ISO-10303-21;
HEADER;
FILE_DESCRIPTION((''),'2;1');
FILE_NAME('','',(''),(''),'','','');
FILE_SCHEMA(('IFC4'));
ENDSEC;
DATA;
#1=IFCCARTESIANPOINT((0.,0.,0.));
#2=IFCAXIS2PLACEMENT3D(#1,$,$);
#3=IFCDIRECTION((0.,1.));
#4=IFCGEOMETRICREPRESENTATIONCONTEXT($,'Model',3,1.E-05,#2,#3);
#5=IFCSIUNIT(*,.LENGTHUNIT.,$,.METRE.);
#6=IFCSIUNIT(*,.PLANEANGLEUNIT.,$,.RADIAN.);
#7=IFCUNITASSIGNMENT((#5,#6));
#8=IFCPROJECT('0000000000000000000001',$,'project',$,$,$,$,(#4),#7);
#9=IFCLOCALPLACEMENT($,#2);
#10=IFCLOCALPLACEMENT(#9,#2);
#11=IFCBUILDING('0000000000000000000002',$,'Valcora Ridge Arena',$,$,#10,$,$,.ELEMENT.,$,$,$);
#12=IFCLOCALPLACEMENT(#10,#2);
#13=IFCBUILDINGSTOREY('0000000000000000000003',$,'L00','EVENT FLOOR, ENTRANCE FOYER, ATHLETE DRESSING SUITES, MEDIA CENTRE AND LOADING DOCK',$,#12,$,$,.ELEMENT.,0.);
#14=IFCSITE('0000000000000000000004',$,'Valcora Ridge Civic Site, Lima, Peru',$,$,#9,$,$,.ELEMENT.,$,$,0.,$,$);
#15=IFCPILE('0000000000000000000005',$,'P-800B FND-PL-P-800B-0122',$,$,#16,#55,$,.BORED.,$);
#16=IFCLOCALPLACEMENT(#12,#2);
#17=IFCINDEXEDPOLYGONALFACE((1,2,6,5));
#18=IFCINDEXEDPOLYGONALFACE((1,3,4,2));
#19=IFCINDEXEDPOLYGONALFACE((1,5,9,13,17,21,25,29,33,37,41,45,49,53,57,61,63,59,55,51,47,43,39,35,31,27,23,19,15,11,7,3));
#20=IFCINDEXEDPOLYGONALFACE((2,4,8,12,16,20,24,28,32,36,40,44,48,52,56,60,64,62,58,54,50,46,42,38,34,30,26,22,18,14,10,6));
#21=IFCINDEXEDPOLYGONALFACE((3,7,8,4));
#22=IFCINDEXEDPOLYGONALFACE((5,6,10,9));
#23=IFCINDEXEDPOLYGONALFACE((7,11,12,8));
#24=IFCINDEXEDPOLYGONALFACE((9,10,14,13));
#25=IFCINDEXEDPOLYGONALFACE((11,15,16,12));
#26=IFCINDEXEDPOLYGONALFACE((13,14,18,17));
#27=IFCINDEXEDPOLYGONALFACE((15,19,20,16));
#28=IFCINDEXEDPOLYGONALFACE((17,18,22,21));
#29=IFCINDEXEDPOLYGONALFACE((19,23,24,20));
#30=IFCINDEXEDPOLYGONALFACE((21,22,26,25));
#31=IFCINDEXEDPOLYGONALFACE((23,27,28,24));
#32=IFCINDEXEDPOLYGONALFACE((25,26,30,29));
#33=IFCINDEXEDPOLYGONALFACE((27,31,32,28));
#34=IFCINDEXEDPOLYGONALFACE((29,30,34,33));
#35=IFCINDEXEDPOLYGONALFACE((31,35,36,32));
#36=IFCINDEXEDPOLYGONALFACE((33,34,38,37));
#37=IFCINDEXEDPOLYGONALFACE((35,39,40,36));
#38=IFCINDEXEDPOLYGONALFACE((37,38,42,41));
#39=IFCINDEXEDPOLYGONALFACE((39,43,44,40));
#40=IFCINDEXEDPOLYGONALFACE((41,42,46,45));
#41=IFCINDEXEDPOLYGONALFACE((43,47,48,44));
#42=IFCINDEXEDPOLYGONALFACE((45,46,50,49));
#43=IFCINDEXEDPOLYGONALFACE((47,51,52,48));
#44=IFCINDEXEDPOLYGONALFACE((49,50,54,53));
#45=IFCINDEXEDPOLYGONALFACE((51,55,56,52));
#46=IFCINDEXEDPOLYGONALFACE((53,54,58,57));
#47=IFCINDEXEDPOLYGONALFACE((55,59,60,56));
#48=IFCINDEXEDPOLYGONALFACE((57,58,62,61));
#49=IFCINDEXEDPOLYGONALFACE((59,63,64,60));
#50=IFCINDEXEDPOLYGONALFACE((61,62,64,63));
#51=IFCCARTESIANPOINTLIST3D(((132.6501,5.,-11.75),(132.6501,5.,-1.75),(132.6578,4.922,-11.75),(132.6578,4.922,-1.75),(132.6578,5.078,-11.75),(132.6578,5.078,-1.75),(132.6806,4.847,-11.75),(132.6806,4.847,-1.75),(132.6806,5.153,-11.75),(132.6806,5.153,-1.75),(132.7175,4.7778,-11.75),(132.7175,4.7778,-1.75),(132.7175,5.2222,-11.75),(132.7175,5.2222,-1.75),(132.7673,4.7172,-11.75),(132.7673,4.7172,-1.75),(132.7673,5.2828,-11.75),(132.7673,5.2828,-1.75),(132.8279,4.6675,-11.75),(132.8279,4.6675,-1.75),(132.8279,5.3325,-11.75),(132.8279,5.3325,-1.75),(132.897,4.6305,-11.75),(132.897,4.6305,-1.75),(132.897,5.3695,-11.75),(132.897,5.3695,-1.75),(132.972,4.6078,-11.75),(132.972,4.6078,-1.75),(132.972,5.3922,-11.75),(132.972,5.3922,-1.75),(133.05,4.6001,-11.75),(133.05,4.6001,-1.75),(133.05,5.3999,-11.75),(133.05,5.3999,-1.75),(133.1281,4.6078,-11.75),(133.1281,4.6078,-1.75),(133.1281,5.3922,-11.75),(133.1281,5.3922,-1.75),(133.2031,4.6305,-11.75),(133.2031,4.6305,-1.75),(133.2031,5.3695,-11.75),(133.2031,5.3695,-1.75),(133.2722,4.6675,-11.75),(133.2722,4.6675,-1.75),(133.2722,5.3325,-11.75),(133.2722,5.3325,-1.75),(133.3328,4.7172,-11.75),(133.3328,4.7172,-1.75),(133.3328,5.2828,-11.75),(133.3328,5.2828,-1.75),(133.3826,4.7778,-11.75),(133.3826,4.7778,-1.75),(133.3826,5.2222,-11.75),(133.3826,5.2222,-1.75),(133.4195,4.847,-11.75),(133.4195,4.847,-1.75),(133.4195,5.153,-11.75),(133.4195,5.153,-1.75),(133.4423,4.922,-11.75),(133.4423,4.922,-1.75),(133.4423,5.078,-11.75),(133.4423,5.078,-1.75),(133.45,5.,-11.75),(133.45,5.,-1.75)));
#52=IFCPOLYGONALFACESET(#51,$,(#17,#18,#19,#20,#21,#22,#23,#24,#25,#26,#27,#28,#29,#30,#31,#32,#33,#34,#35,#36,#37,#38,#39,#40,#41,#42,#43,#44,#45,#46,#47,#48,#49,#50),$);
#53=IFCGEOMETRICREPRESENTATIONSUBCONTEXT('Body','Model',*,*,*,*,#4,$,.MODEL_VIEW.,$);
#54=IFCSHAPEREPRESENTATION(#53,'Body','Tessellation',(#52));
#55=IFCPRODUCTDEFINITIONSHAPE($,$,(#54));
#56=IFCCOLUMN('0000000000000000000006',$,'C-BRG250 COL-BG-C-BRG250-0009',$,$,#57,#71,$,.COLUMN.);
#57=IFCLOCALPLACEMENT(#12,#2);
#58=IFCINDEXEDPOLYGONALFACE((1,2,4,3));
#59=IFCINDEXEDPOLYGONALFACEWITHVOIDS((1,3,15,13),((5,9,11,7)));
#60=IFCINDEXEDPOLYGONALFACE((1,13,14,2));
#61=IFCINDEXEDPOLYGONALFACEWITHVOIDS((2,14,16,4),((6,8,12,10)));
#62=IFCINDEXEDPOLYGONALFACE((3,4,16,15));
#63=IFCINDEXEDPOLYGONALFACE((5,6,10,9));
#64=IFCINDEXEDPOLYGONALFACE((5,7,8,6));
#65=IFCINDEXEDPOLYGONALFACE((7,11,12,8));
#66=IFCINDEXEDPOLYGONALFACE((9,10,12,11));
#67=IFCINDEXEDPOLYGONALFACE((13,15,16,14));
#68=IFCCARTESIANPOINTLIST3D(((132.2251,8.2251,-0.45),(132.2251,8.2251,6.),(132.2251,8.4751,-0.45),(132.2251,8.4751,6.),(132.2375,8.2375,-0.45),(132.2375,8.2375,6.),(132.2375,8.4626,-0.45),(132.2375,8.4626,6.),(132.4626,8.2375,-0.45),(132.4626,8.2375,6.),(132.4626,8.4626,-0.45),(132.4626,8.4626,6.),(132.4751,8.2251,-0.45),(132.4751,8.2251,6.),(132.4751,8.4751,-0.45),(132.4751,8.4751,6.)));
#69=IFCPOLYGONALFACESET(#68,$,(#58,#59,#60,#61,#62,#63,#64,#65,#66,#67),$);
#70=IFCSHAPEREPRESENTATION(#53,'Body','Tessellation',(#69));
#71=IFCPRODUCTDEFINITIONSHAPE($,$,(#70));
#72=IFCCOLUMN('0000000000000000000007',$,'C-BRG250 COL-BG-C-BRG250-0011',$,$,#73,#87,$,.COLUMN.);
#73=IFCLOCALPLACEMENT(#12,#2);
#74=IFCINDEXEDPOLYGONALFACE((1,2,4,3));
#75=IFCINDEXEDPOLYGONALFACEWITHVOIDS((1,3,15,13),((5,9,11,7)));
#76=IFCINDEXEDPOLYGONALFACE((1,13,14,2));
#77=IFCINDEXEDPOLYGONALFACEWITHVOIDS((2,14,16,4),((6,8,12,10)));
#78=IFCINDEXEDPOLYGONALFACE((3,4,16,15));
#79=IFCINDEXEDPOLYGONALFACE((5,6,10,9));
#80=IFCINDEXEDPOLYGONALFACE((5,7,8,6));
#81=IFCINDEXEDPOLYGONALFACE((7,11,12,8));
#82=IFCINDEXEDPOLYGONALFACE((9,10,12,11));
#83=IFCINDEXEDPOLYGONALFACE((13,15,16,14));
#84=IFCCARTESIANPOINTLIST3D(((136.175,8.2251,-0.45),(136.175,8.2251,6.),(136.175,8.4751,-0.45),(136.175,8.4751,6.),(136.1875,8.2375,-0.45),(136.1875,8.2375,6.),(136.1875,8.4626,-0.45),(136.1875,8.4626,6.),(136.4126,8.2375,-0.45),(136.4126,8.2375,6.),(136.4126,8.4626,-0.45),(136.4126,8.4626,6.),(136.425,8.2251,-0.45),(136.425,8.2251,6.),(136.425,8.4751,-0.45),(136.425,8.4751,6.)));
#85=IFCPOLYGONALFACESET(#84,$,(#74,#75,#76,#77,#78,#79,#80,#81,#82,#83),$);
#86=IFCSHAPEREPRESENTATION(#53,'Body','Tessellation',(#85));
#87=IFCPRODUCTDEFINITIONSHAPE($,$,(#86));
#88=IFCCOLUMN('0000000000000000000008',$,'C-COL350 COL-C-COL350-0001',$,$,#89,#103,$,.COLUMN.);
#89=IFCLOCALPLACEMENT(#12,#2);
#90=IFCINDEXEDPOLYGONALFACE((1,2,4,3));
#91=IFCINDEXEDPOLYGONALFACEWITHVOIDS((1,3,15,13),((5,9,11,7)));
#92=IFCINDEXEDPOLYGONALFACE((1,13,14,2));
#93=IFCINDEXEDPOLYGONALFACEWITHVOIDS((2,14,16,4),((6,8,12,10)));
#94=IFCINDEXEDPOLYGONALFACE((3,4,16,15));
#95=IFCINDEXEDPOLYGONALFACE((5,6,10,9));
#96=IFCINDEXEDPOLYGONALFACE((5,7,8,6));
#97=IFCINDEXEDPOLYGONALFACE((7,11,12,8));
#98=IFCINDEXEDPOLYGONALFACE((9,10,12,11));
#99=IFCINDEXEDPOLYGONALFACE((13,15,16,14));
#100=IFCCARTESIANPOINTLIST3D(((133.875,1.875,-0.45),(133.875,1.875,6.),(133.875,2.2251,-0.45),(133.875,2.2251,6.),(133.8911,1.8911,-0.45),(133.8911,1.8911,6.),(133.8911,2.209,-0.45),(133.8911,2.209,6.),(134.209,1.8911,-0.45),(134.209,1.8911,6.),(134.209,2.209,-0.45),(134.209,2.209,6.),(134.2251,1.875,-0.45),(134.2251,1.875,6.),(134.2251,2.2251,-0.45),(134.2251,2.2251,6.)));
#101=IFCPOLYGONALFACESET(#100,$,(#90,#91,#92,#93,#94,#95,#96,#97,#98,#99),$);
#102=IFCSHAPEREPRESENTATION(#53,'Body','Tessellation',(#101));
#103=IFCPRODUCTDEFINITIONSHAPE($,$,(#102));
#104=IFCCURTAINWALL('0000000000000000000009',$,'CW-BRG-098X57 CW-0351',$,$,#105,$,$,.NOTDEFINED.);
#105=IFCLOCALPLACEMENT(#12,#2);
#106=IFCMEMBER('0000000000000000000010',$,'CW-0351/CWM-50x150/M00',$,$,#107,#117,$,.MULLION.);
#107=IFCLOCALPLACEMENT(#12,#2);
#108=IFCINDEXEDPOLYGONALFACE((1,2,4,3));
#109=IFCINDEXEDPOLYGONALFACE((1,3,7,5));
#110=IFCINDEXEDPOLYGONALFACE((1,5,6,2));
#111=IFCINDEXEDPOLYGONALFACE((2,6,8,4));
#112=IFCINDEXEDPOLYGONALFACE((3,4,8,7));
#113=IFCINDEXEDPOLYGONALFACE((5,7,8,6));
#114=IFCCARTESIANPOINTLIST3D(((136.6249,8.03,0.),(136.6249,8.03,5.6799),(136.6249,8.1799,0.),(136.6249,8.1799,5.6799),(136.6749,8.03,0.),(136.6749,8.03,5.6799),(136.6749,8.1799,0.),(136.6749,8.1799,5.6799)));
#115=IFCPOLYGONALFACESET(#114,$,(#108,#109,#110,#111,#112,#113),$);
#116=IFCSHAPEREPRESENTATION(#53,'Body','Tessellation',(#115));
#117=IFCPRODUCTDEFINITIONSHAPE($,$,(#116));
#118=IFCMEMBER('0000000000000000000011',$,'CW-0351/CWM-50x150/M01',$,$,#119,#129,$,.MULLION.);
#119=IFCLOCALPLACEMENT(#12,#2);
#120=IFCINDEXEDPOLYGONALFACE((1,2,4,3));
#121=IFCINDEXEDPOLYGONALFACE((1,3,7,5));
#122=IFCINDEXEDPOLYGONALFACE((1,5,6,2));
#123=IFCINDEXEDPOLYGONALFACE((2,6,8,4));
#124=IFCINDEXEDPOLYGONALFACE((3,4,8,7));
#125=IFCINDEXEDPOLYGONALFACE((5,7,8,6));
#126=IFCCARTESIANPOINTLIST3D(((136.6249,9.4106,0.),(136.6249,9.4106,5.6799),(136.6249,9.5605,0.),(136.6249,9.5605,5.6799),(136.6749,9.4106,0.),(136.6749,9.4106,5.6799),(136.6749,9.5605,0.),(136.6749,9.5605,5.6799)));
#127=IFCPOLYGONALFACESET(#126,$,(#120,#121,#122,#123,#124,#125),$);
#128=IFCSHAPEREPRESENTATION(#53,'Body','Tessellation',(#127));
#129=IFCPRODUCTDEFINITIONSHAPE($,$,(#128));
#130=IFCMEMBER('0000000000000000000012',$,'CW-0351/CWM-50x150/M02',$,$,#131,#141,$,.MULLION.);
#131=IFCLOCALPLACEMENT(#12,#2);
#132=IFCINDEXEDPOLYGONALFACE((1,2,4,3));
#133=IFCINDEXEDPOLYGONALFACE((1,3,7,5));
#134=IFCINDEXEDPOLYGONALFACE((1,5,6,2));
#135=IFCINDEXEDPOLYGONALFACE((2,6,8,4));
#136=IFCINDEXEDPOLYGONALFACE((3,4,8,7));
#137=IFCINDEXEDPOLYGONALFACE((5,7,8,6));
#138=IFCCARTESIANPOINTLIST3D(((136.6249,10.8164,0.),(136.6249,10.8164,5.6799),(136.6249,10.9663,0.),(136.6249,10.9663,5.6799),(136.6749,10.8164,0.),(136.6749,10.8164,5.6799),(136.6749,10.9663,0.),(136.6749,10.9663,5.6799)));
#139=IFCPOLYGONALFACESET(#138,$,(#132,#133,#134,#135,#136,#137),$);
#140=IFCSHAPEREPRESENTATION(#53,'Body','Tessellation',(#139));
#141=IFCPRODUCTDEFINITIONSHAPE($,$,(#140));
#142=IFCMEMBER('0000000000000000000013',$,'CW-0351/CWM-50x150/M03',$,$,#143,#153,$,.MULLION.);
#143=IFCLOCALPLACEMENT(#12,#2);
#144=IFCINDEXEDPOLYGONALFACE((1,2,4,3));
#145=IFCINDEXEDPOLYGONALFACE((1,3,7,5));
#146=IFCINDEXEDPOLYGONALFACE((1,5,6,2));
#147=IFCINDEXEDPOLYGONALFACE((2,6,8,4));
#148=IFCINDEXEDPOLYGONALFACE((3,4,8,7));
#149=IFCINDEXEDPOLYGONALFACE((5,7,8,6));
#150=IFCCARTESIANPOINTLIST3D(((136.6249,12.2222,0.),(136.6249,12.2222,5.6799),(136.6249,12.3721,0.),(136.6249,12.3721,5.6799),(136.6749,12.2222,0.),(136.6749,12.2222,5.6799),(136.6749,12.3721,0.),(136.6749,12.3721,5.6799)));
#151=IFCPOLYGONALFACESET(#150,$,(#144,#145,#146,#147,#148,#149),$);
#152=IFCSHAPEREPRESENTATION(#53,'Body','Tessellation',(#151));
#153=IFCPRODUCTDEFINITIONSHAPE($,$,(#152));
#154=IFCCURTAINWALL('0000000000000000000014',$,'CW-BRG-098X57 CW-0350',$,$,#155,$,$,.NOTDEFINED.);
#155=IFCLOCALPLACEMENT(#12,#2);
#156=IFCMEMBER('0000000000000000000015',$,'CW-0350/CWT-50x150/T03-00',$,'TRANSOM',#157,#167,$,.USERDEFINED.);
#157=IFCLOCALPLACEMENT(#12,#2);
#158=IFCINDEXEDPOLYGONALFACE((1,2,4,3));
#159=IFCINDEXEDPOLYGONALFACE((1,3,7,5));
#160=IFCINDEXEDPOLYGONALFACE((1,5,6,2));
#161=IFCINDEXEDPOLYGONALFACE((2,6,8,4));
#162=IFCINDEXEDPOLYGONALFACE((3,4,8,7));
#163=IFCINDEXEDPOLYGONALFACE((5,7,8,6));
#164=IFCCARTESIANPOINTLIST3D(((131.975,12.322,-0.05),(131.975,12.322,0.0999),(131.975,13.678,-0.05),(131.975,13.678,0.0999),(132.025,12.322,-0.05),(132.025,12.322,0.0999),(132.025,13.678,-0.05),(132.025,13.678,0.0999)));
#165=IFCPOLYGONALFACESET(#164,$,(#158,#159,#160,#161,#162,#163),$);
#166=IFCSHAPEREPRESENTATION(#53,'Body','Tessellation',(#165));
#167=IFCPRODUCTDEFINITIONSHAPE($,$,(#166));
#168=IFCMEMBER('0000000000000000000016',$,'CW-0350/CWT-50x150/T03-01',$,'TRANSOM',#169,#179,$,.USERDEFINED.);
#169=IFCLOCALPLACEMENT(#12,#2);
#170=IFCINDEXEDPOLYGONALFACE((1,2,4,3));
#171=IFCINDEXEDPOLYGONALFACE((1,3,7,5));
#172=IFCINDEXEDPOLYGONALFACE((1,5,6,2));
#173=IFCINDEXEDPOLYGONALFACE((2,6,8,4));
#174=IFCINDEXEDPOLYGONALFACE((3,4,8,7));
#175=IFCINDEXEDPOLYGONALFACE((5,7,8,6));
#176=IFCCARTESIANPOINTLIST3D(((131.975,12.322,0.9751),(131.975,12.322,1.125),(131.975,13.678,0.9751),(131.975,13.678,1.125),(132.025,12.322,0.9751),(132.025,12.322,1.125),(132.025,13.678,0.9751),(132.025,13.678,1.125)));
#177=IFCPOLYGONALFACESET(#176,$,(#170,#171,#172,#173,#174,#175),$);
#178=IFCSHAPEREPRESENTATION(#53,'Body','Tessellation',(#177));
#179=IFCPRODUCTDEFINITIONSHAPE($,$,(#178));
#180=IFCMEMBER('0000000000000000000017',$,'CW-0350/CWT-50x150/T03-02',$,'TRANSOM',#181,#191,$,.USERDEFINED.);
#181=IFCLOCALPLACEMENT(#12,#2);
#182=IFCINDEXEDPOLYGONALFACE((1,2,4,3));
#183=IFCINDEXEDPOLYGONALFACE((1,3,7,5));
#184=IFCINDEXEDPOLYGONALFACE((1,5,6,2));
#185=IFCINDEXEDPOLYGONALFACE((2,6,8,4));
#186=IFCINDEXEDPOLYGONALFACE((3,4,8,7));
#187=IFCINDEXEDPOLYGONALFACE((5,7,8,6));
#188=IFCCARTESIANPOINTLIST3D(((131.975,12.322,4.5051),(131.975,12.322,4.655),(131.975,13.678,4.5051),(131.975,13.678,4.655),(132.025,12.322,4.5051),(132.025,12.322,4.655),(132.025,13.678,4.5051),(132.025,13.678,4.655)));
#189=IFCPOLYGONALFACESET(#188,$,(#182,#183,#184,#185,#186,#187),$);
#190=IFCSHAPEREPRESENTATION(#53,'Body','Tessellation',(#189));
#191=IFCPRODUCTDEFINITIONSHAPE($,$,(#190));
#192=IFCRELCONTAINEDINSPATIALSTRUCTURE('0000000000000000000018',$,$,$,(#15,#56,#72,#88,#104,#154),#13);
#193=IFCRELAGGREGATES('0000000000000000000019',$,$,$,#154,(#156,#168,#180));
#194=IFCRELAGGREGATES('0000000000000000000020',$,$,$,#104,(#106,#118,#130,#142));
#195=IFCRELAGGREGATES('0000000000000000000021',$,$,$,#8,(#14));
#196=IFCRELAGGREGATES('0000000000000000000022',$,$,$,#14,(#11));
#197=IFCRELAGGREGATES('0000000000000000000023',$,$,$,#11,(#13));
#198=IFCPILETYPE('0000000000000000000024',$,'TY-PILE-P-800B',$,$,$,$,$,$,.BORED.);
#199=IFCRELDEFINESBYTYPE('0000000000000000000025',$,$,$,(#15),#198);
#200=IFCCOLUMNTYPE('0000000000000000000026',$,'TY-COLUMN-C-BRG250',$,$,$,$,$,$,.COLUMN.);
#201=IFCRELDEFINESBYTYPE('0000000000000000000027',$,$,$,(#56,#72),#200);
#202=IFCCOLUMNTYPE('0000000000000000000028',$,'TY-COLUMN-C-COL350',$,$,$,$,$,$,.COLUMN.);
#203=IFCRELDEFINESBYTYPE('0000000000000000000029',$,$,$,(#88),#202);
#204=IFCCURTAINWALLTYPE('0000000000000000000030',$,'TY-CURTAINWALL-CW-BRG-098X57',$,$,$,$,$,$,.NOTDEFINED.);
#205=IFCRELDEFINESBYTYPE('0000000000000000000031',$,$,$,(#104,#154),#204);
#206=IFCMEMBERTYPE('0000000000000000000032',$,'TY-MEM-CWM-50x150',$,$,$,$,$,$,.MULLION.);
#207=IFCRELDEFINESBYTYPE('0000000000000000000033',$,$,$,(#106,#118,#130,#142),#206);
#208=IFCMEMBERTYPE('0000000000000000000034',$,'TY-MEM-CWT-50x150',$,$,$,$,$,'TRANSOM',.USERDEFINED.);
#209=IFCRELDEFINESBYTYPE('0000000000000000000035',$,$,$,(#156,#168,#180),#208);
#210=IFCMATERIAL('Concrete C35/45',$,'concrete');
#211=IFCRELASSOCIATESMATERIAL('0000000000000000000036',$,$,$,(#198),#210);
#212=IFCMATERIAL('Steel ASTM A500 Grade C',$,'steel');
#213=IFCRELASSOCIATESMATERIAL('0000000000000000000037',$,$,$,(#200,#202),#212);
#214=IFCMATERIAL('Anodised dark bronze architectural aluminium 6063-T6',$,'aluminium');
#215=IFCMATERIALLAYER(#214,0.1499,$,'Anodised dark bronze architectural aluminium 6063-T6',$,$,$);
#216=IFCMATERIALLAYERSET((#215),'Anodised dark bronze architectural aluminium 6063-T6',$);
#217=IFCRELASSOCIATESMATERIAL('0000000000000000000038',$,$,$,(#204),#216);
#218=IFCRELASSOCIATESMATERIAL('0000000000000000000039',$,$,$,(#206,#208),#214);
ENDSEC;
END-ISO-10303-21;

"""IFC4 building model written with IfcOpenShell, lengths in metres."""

from ifc_helpers import new_model, si_unit, direction, frame, origin, origin_2d, place, context, subcontext, project, spatial, rectangle, hollow_rectangle, circle, extrude, material, layer, layer_set, material_profile, profile_set, type_object, element, aggregate, save


model = new_model("IFC4")

# Units and contexts
model_context = context("Model", 3, precision=1e-05, world=origin(), true_north=direction((0.0, 1.0)))
body_context = subcontext(model_context, "Body", "Model", "MODEL_VIEW")
ifc_project = project(units=[si_unit("LENGTHUNIT", "METRE"), si_unit("PLANEANGLEUNIT", "RADIAN")], contexts=[model_context])

# Site, building, storey
site_placement = place(None, origin())
site = spatial("IfcSite", under=ifc_project, at=site_placement, Name="Valcora Ridge Civic Site, Lima, Peru", CompositionType="ELEMENT", RefElevation=0.0)
building_placement = place(site_placement, origin())
building = spatial("IfcBuilding", under=site, at=building_placement, Name="Valcora Ridge Arena", CompositionType="ELEMENT")
storey_placement = place(building_placement, origin())
storey = spatial("IfcBuildingStorey", under=building, at=storey_placement, Name="L00", Description="EVENT FLOOR, ENTRANCE FOYER, ATHLETE DRESSING SUITES, MEDIA CENTRE AND LOADING DOCK", CompositionType="ELEMENT", Elevation=0.0)

# Pile
ifc_material_1 = material(Name="Concrete C35/45", Category="concrete")
ifc_material_profile_1 = material_profile(ifc_material_1, circle(Radius=0.3999, at=origin_2d()), Name="BORED PILE D800")
ifc_profile_set_1 = profile_set([ifc_material_profile_1], Name="Concrete C35/45")
pile_type_1 = type_object("IfcPileType", Name="TY-PILE-P-800B", PredefinedType="BORED", material=ifc_profile_set_1)
for number, where, z_axis, x_axis, name in (
    (1, (133.05, 5.0, -1.75), (0.0, 0.0, -1.0), (1.0, 0.0, 0.0), "P-800B FND-PL-P-800B-0122"),
):
    element("IfcPile", number, at=place(storey_placement, frame(where, z_axis=z_axis, x_axis=x_axis)), inside=storey, type_object=pile_type_1, Name=name, PredefinedType="BORED", context=body_context, shape_type="SweptSolid", body=[
        extrude(circle(Radius=0.3999, at=origin_2d()), origin(), (0.0, 0.0, 1.0), 10.0),
    ])

# Columns
ifc_material_2 = material(Name="Steel ASTM A500 Grade C", Category="steel")
ifc_material_profile_2 = material_profile(ifc_material_2, hollow_rectangle(XDim=0.25, YDim=0.25, WallThickness=0.0125, at=origin_2d()), Name="HSS250X250X12")
ifc_profile_set_2 = profile_set([ifc_material_profile_2], Name="Steel ASTM A500 Grade C")
column_type_1 = type_object("IfcColumnType", Name="TY-COLUMN-C-BRG250", PredefinedType="COLUMN", material=ifc_profile_set_2)
for number, where, z_axis, x_axis, name in (
    (2, (132.3501, 8.3501, -0.45), (0.0, 0.0, 1.0), (1.0, 0.0, 0.0), "C-BRG250 COL-BG-C-BRG250-0009"),
    (3, (136.3, 8.3501, -0.45), (0.0, 0.0, 1.0), (1.0, 0.0, 0.0), "C-BRG250 COL-BG-C-BRG250-0011"),
):
    element("IfcColumn", number, at=place(storey_placement, frame(where, z_axis=z_axis, x_axis=x_axis)), inside=storey, type_object=column_type_1, Name=name, PredefinedType="COLUMN", context=body_context, shape_type="SweptSolid", body=[
        extrude(hollow_rectangle(XDim=0.25, YDim=0.25, WallThickness=0.0125, at=origin_2d()), origin(), (0.0, 0.0, 1.0), 6.45),
    ])
ifc_material_profile_3 = material_profile(ifc_material_2, hollow_rectangle(XDim=0.3501, YDim=0.3501, WallThickness=0.0161, at=origin_2d()), Name="HSS350X350X16")
ifc_profile_set_3 = profile_set([ifc_material_profile_3], Name="Steel ASTM A500 Grade C")
column_type_2 = type_object("IfcColumnType", Name="TY-COLUMN-C-COL350", PredefinedType="COLUMN", material=ifc_profile_set_3)
column_placement = place(storey_placement, frame((134.05, 2.05, -0.45), z_axis=(0.0, 0.0, 1.0), x_axis=(1.0, 0.0, 0.0)))
element("IfcColumn", 4, at=column_placement, inside=storey, type_object=column_type_2, Name="C-COL350 COL-C-COL350-0001", PredefinedType="COLUMN", context=body_context, shape_type="SweptSolid", body=[
    extrude(hollow_rectangle(XDim=0.3501, YDim=0.3501, WallThickness=0.0161, at=origin_2d()), origin(), (0.0, 0.0, 1.0), 6.45),
])

# Curtain walls, members
ifc_material_3 = material(Name="Anodised dark bronze architectural aluminium 6063-T6", Category="aluminium")
ifc_layer_1 = layer(ifc_material_3, 0.1499, Name="Anodised dark bronze architectural aluminium 6063-T6")
ifc_layer_set_1 = layer_set([ifc_layer_1], Name="Anodised dark bronze architectural aluminium 6063-T6")
curtain_wall_type = type_object("IfcCurtainWallType", Name="TY-CURTAINWALL-CW-BRG-098X57", PredefinedType="NOTDEFINED", material=ifc_layer_set_1)
curtain_wall_1_placement = place(storey_placement, origin())
curtain_wall_1 = element("IfcCurtainWall", 5, at=curtain_wall_1_placement, inside=storey, type_object=curtain_wall_type, Name="CW-BRG-098X57 CW-0351", PredefinedType="NOTDEFINED")
ifc_material_profile_4 = material_profile(ifc_material_3, rectangle(XDim=0.05, YDim=0.1499, at=origin_2d()), Name="ALU MULLION 50x150")
ifc_profile_set_4 = profile_set([ifc_material_profile_4], Name="Anodised dark bronze architectural aluminium 6063-T6")
member_type_1 = type_object("IfcMemberType", Name="TY-MEM-CWM-50x150", PredefinedType="MULLION", material=ifc_profile_set_4)
member_1_placement = place(storey_placement, frame((136.6499, 8.105, 0.0), z_axis=(0.0, 0.0, 1.0), x_axis=(-1.0, 0.0, 0.0)))
member_1 = element("IfcMember", 6, at=member_1_placement, type_object=member_type_1, Name="CW-0351/CWM-50x150/M00", PredefinedType="MULLION", context=body_context, shape_type="SweptSolid", body=[
    extrude(rectangle(XDim=0.05, YDim=0.1499, at=origin_2d()), origin(), (0.0, 0.0, 1.0), 5.6799),
])
member_2_placement = place(storey_placement, frame((136.6499, 9.4856, 0.0), z_axis=(0.0, 0.0, 1.0), x_axis=(-1.0, 0.0, 0.0)))
member_2 = element("IfcMember", 7, at=member_2_placement, type_object=member_type_1, Name="CW-0351/CWM-50x150/M01", PredefinedType="MULLION", context=body_context, shape_type="SweptSolid", body=[
    extrude(rectangle(XDim=0.05, YDim=0.1499, at=origin_2d()), origin(), (0.0, 0.0, 1.0), 5.6799),
])
member_3_placement = place(storey_placement, frame((136.6499, 10.8914, 0.0), z_axis=(0.0, 0.0, 1.0), x_axis=(-1.0, 0.0, 0.0)))
member_3 = element("IfcMember", 8, at=member_3_placement, type_object=member_type_1, Name="CW-0351/CWM-50x150/M02", PredefinedType="MULLION", context=body_context, shape_type="SweptSolid", body=[
    extrude(rectangle(XDim=0.05, YDim=0.1499, at=origin_2d()), origin(), (0.0, 0.0, 1.0), 5.6799),
])
member_4_placement = place(storey_placement, frame((136.6499, 12.2971, 0.0), z_axis=(0.0, 0.0, 1.0), x_axis=(-1.0, 0.0, 0.0)))
member_4 = element("IfcMember", 9, at=member_4_placement, type_object=member_type_1, Name="CW-0351/CWM-50x150/M03", PredefinedType="MULLION", context=body_context, shape_type="SweptSolid", body=[
    extrude(rectangle(XDim=0.05, YDim=0.1499, at=origin_2d()), origin(), (0.0, 0.0, 1.0), 5.6799),
])
curtain_wall_2_placement = place(storey_placement, origin())
curtain_wall_2 = element("IfcCurtainWall", 10, at=curtain_wall_2_placement, inside=storey, type_object=curtain_wall_type, Name="CW-BRG-098X57 CW-0350", PredefinedType="NOTDEFINED")
ifc_material_profile_5 = material_profile(ifc_material_3, rectangle(XDim=0.05, YDim=0.1499, at=origin_2d()), Name="ALU TRANSOM 50x150")
ifc_profile_set_5 = profile_set([ifc_material_profile_5], Name="Anodised dark bronze architectural aluminium 6063-T6")
member_type_2 = type_object("IfcMemberType", Name="TY-MEM-CWT-50x150", ElementType="TRANSOM", PredefinedType="USERDEFINED", material=ifc_profile_set_5)
member_5_placement = place(storey_placement, frame((132.0, 12.322, 0.0249), z_axis=(0.0, 1.0, 0.0), x_axis=(-1.0, 0.0, 0.0)))
member_5 = element("IfcMember", 11, at=member_5_placement, type_object=member_type_2, Name="CW-0350/CWT-50x150/T03-00", ObjectType="TRANSOM", PredefinedType="USERDEFINED", context=body_context, shape_type="SweptSolid", body=[
    extrude(rectangle(XDim=0.05, YDim=0.1499, at=origin_2d()), origin(), (0.0, 0.0, 1.0), 1.356),
])
member_6_placement = place(storey_placement, frame((132.0, 12.322, 1.05), z_axis=(0.0, 1.0, 0.0), x_axis=(-1.0, 0.0, 0.0)))
member_6 = element("IfcMember", 12, at=member_6_placement, type_object=member_type_2, Name="CW-0350/CWT-50x150/T03-01", ObjectType="TRANSOM", PredefinedType="USERDEFINED", context=body_context, shape_type="SweptSolid", body=[
    extrude(rectangle(XDim=0.05, YDim=0.1499, at=origin_2d()), origin(), (0.0, 0.0, 1.0), 1.356),
])
member_7_placement = place(storey_placement, frame((132.0, 12.322, 4.5801), z_axis=(0.0, 1.0, 0.0), x_axis=(-1.0, 0.0, 0.0)))
member_7 = element("IfcMember", 13, at=member_7_placement, type_object=member_type_2, Name="CW-0350/CWT-50x150/T03-02", ObjectType="TRANSOM", PredefinedType="USERDEFINED", context=body_context, shape_type="SweptSolid", body=[
    extrude(rectangle(XDim=0.05, YDim=0.1499, at=origin_2d()), origin(), (0.0, 0.0, 1.0), 1.356),
])
aggregate(curtain_wall_2, [member_5, member_6, member_7])

aggregate(curtain_wall_1, [member_1, member_2, member_3, member_4])

save(model, "model.ifc")
